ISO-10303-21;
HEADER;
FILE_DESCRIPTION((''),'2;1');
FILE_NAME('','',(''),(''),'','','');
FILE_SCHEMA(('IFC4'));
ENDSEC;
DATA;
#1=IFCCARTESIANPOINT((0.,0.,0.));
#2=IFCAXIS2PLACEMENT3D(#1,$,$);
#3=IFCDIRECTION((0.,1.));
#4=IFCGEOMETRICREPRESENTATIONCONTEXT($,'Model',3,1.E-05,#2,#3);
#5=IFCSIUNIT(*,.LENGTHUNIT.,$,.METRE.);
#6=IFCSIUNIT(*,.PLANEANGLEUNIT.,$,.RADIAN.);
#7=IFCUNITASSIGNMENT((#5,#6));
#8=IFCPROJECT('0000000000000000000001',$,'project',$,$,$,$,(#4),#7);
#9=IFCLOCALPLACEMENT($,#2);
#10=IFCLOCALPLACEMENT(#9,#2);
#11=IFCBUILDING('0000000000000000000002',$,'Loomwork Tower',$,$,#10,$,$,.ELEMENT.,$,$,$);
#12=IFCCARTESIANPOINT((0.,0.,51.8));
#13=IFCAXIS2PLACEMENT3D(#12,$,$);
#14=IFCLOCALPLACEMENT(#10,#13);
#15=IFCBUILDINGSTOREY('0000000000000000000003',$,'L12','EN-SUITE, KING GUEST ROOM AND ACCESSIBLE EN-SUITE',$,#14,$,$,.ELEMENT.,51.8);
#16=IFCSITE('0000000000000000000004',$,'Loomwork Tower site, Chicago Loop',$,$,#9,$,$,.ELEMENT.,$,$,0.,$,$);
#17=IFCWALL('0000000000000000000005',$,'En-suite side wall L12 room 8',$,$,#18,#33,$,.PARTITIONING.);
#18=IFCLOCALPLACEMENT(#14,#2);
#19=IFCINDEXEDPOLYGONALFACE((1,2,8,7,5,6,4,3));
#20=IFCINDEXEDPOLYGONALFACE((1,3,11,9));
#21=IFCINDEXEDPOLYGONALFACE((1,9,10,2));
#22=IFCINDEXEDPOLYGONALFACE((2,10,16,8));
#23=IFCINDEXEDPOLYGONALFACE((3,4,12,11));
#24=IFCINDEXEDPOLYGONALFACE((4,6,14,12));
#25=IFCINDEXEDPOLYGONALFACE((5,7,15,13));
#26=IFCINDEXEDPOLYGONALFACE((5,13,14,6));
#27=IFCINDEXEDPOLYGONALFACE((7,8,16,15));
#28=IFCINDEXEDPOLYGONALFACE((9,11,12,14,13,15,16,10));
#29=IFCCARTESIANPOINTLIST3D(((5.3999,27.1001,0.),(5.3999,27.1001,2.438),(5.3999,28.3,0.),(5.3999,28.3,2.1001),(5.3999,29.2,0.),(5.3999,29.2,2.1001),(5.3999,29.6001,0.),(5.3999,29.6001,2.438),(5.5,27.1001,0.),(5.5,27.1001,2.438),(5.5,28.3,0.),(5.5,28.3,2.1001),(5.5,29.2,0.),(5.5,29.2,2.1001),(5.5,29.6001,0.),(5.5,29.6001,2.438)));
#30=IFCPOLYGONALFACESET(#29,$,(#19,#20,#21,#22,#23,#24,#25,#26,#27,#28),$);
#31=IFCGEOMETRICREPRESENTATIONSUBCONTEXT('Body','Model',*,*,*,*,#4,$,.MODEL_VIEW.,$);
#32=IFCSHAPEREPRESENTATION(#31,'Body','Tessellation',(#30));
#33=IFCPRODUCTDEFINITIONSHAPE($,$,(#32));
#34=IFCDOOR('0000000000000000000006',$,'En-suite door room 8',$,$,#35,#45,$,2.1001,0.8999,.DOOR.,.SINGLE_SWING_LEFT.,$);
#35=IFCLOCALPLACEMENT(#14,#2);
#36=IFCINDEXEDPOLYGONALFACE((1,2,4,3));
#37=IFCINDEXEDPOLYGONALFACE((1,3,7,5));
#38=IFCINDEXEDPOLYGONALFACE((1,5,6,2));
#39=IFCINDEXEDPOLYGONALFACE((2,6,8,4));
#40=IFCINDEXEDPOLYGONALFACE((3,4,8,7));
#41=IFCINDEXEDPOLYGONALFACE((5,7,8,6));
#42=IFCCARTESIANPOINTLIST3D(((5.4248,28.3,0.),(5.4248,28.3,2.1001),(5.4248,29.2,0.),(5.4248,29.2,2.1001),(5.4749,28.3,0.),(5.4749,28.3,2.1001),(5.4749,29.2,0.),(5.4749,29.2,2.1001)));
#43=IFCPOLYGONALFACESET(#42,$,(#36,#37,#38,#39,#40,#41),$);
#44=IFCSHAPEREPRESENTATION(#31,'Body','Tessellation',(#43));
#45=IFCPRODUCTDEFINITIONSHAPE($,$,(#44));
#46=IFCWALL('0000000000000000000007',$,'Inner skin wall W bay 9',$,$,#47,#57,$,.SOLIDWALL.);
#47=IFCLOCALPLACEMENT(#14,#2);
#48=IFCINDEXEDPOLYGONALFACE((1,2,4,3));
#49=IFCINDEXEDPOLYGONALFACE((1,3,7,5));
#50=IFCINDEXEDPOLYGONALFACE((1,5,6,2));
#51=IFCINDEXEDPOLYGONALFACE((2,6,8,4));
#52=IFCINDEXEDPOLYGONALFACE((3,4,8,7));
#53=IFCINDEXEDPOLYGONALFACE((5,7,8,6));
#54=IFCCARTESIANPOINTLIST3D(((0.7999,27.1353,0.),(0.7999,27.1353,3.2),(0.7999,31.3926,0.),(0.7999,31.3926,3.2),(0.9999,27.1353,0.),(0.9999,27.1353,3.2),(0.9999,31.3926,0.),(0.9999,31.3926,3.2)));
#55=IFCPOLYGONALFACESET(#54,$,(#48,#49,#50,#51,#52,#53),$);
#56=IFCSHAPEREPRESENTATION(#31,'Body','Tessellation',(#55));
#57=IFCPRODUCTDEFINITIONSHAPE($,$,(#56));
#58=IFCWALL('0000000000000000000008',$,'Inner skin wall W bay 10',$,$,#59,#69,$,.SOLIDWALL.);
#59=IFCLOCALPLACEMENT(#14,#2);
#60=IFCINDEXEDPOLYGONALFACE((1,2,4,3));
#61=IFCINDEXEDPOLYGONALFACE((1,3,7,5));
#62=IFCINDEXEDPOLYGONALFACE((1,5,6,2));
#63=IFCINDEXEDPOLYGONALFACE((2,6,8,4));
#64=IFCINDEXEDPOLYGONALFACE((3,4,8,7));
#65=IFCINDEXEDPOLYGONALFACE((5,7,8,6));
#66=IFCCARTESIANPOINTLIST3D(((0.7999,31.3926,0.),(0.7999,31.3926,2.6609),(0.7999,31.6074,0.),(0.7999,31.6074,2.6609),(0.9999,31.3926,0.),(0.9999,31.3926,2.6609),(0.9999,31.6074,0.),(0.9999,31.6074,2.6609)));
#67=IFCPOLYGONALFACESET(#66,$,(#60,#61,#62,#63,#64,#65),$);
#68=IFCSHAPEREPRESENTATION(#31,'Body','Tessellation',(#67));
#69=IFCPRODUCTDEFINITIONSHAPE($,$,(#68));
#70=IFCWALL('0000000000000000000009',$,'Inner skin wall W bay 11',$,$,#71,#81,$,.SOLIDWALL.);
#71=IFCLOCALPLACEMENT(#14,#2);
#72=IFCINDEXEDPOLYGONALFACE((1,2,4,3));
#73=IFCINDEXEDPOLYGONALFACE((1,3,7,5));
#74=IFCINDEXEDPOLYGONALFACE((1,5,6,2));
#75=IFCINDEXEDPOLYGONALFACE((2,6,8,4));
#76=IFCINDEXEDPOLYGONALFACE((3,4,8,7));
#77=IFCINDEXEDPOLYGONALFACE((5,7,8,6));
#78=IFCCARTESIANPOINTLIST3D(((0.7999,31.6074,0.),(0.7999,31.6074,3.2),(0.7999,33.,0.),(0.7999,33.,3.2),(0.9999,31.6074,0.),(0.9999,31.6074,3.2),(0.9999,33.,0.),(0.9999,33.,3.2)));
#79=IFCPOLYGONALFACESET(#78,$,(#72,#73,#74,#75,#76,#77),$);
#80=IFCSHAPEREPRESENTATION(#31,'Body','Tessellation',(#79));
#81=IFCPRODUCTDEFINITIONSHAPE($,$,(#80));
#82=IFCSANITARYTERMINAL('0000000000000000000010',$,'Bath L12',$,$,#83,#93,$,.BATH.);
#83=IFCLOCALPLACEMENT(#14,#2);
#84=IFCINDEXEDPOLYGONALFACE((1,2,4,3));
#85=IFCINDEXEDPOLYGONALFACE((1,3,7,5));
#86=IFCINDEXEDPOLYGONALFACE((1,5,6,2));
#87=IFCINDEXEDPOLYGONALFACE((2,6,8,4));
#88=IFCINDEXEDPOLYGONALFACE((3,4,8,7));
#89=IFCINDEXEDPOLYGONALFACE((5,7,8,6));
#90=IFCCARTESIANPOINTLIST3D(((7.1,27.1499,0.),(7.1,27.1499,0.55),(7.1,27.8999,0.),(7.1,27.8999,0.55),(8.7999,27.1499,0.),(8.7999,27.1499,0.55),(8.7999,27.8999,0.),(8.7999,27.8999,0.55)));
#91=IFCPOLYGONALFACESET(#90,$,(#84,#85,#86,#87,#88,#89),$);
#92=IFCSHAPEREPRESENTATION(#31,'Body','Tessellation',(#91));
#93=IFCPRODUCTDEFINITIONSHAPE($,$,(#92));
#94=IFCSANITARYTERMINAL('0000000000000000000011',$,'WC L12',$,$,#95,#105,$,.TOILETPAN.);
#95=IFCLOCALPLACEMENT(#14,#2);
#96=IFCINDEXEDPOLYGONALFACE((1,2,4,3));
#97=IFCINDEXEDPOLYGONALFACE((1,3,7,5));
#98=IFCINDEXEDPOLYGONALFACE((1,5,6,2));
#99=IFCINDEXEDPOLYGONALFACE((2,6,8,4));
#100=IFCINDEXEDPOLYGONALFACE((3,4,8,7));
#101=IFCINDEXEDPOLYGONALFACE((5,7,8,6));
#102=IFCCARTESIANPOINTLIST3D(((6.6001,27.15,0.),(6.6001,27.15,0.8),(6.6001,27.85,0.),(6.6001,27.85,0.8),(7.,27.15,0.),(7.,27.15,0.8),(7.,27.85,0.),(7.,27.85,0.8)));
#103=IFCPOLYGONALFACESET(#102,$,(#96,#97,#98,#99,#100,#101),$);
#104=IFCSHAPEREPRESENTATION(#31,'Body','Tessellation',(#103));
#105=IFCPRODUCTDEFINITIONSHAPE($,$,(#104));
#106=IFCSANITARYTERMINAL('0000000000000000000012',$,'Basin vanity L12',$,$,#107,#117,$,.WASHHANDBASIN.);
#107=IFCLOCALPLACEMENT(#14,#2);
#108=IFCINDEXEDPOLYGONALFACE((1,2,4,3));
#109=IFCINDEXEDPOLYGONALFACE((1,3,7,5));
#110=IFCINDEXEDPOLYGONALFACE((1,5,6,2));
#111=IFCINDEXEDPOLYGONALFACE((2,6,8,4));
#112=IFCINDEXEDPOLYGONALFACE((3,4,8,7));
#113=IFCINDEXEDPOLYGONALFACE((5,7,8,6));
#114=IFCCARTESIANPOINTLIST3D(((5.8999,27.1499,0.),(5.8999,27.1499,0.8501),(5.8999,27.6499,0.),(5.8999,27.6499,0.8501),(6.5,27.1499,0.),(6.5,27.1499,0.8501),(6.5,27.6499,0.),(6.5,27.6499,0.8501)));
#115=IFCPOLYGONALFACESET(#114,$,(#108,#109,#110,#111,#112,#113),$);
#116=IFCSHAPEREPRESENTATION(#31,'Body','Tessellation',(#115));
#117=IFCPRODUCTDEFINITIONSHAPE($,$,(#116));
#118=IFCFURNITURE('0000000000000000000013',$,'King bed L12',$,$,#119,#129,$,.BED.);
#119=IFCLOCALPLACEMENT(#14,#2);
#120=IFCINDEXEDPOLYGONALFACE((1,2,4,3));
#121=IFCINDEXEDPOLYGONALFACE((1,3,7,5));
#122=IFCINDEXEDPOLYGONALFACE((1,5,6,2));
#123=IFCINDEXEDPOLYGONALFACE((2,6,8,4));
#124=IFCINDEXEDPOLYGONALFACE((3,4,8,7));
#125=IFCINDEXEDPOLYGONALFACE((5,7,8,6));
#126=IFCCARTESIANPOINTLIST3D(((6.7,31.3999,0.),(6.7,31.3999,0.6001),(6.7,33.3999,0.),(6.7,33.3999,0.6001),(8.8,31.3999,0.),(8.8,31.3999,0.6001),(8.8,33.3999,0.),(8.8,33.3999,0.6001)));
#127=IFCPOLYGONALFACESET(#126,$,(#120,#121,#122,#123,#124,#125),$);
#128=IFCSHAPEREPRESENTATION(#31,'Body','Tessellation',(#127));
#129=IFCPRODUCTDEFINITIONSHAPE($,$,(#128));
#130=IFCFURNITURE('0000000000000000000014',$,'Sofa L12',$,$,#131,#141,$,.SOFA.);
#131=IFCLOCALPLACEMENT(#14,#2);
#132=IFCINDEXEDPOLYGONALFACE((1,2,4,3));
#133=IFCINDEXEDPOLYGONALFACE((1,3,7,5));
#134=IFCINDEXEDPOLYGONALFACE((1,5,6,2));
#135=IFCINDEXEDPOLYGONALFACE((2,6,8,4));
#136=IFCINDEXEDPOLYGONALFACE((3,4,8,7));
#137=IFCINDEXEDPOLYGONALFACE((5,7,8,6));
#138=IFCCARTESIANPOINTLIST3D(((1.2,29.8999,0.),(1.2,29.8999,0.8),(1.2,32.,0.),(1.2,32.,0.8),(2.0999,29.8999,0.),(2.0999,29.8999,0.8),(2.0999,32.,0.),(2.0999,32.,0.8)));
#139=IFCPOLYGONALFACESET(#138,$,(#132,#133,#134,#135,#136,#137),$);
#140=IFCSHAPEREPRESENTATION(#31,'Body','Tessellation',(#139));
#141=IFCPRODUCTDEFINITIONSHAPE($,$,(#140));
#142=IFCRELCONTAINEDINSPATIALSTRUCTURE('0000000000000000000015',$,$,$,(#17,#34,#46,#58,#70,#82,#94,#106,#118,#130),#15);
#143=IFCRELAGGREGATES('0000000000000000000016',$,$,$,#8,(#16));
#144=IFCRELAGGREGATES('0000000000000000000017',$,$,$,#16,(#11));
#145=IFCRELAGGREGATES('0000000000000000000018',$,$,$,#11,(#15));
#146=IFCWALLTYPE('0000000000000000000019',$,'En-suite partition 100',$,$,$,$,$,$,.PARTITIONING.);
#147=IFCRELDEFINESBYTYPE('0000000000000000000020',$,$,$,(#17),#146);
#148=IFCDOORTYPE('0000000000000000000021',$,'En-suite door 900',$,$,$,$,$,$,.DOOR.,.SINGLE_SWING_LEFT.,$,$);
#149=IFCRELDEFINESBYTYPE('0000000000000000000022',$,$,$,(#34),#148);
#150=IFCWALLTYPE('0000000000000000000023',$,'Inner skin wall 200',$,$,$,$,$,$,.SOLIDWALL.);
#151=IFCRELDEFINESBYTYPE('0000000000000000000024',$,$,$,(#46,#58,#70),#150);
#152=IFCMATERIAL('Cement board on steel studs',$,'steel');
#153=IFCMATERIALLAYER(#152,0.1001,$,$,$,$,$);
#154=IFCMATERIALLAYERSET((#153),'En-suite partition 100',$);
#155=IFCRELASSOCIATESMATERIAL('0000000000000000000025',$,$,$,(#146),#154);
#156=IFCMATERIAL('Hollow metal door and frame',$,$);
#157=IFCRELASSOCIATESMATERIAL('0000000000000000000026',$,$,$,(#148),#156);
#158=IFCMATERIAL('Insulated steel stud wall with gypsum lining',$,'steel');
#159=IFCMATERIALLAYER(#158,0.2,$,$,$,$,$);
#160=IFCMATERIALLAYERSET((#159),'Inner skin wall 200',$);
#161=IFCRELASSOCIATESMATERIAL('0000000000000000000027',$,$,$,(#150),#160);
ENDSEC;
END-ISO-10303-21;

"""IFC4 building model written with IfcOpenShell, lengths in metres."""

from ifc_helpers import new_model, si_unit, direction, frame, frame_2d, origin, origin_2d, place, context, subcontext, project, spatial, rectangle, extrude, material, layer, layer_set, type_object, element, fill, save


model = new_model("IFC4")

# Units and contexts
model_context = context("Model", 3, precision=1e-05, world=origin(), true_north=direction((0.0, 1.0)))
body_context = subcontext(model_context, "Body", "Model", "MODEL_VIEW")
ifc_project = project(units=[si_unit("LENGTHUNIT", "METRE"), si_unit("PLANEANGLEUNIT", "RADIAN")], contexts=[model_context])

# Site, building, storey
site_placement = place(None, origin())
site = spatial("IfcSite", under=ifc_project, at=site_placement, Name="Loomwork Tower site, Chicago Loop", CompositionType="ELEMENT", RefElevation=0.0)
building_placement = place(site_placement, origin())
building = spatial("IfcBuilding", under=site, at=building_placement, Name="Loomwork Tower", CompositionType="ELEMENT")
storey_placement = place(building_placement, frame((0.0, 0.0, 51.8)))
storey = spatial("IfcBuildingStorey", under=building, at=storey_placement, Name="L12", Description="EN-SUITE, KING GUEST ROOM AND ACCESSIBLE EN-SUITE", CompositionType="ELEMENT", Elevation=51.8)

# Shared definitions
ifc_material_1 = material(Name="Cement board on steel studs", Category="steel")
ifc_layer_1 = layer(ifc_material_1, 0.1001)
ifc_layer_set_1 = layer_set([ifc_layer_1], Name="En-suite partition 100")
wall_type_1 = type_object("IfcWallType", Name="En-suite partition 100", PredefinedType="PARTITIONING", material=ifc_layer_set_1)

# Wall, opening, door
wall_1_placement = place(storey_placement, frame((5.45, 27.1001, 0.0), z_axis=(0.0, 0.0, 1.0), x_axis=(0.0, 1.0, 0.0)))
wall_1 = element("IfcWall", 1, at=wall_1_placement, inside=storey, type_object=wall_type_1, Name="En-suite side wall L12 room 8", PredefinedType="PARTITIONING", context=body_context, shape_type="SweptSolid", body=[
    extrude(rectangle(XDim=2.5, YDim=0.1001, at=frame_2d((1.25, 0.0))), origin(), (0.0, 0.0, 1.0), 2.438),
])
opening_1_placement = place(wall_1_placement, frame((1.2, 0.0, 0.0)))
opening_1 = element("IfcOpeningElement", 2, at=opening_1_placement, cuts=wall_1, PredefinedType="OPENING", context=body_context, shape_type="SweptSolid", body=[
    extrude(rectangle(XDim=0.8999, YDim=2.1001, at=frame_2d((0.45, 1.05))), frame((0.0, 0.0601, 0.0), z_axis=(0.0, -1.0, 0.0), x_axis=(1.0, 0.0, 0.0)), (0.0, 0.0, 1.0), 0.1201),
])
ifc_material_2 = material(Name="Hollow metal door and frame")
door_type_1 = type_object("IfcDoorType", Name="En-suite door 900", OperationType="SINGLE_SWING_LEFT", PredefinedType="DOOR", material=ifc_material_2)
door_1_placement = place(opening_1_placement, frame((0.8999, 0.0, 0.0), z_axis=(0.0, 0.0, 1.0), x_axis=(-1.0, 0.0, 0.0)))
door_1 = element("IfcDoor", 3, at=door_1_placement, inside=storey, type_object=door_type_1, Name="En-suite door room 8", OperationType="SINGLE_SWING_LEFT", OverallHeight=2.1001, OverallWidth=0.8999, PredefinedType="DOOR", context=body_context, shape_type="SweptSolid", body=[
    extrude(rectangle(XDim=0.8999, YDim=2.1001, at=frame_2d((0.45, 1.05))), frame((0.0, 0.0249, 0.0), z_axis=(0.0, -1.0, 0.0), x_axis=(1.0, 0.0, 0.0)), (0.0, 0.0, 1.0), 0.05),
])
fill(opening_1, door_1)

# Walls
ifc_material_3 = material(Name="Insulated steel stud wall with gypsum lining", Category="steel")
ifc_layer_2 = layer(ifc_material_3, 0.2)
ifc_layer_set_2 = layer_set([ifc_layer_2], Name="Inner skin wall 200")
wall_type_2 = type_object("IfcWallType", Name="Inner skin wall 200", PredefinedType="SOLIDWALL", material=ifc_layer_set_2)
wall_2_placement = place(storey_placement, frame((0.8999, 27.1353, 0.0), z_axis=(0.0, 0.0, 1.0), x_axis=(0.0, 1.0, 0.0)))
element("IfcWall", 4, at=wall_2_placement, inside=storey, type_object=wall_type_2, Name="Inner skin wall W bay 9", PredefinedType="SOLIDWALL", context=body_context, shape_type="SweptSolid", body=[
    extrude(rectangle(XDim=4.2573, YDim=0.2, at=frame_2d((2.1287, 0.0))), origin(), (0.0, 0.0, 1.0), 3.2),
])
wall_3_placement = place(storey_placement, frame((0.8999, 31.3926, 0.0), z_axis=(0.0, 0.0, 1.0), x_axis=(0.0, 1.0, 0.0)))
element("IfcWall", 5, at=wall_3_placement, inside=storey, type_object=wall_type_2, Name="Inner skin wall W bay 10", PredefinedType="SOLIDWALL", context=body_context, shape_type="SweptSolid", body=[
    extrude(rectangle(XDim=0.2148, YDim=0.2, at=frame_2d((0.1074, 0.0))), origin(), (0.0, 0.0, 1.0), 2.6609),
])
wall_4_placement = place(storey_placement, frame((0.8999, 31.6074, 0.0), z_axis=(0.0, 0.0, 1.0), x_axis=(0.0, 1.0, 0.0)))
element("IfcWall", 6, at=wall_4_placement, inside=storey, type_object=wall_type_2, Name="Inner skin wall W bay 11", PredefinedType="SOLIDWALL", context=body_context, shape_type="SweptSolid", body=[
    extrude(rectangle(XDim=1.3926, YDim=0.2, at=frame_2d((0.6963, 0.0))), origin(), (0.0, 0.0, 1.0), 3.2),
])

# Sanitary terminals
sanitary_terminal_1_placement = place(storey_placement, frame((7.95, 27.5249, 0.0), z_axis=(0.0, 0.0, 1.0), x_axis=(1.0, 0.0, 0.0)))
element("IfcSanitaryTerminal", 7, at=sanitary_terminal_1_placement, inside=storey, Name="Bath L12", PredefinedType="BATH", context=body_context, shape_type="SweptSolid", body=[
    extrude(rectangle(XDim=1.7, YDim=0.75, at=origin_2d()), origin(), (0.0, 0.0, 1.0), 0.55),
])
sanitary_terminal_2_placement = place(storey_placement, frame((6.8, 27.5, 0.0), z_axis=(0.0, 0.0, 1.0), x_axis=(1.0, 0.0, 0.0)))
element("IfcSanitaryTerminal", 8, at=sanitary_terminal_2_placement, inside=storey, Name="WC L12", PredefinedType="TOILETPAN", context=body_context, shape_type="SweptSolid", body=[
    extrude(rectangle(XDim=0.3999, YDim=0.7, at=origin_2d()), origin(), (0.0, 0.0, 1.0), 0.8),
])
sanitary_terminal_3_placement = place(storey_placement, frame((6.2, 27.3999, 0.0), z_axis=(0.0, 0.0, 1.0), x_axis=(1.0, 0.0, 0.0)))
element("IfcSanitaryTerminal", 9, at=sanitary_terminal_3_placement, inside=storey, Name="Basin vanity L12", PredefinedType="WASHHANDBASIN", context=body_context, shape_type="SweptSolid", body=[
    extrude(rectangle(XDim=0.6001, YDim=0.5, at=origin_2d()), origin(), (0.0, 0.0, 1.0), 0.8501),
])

# Furniture
furniture_1_placement = place(storey_placement, frame((7.75, 32.3999, 0.0), z_axis=(0.0, 0.0, 1.0), x_axis=(1.0, 0.0, 0.0)))
element("IfcFurniture", 10, at=furniture_1_placement, inside=storey, Name="King bed L12", PredefinedType="BED", context=body_context, shape_type="SweptSolid", body=[
    extrude(rectangle(XDim=2.1001, YDim=2.0, at=origin_2d()), origin(), (0.0, 0.0, 1.0), 0.6001),
])
furniture_2_placement = place(storey_placement, frame((1.6499, 30.95, 0.0), z_axis=(0.0, 0.0, 1.0), x_axis=(1.0, 0.0, 0.0)))
element("IfcFurniture", 11, at=furniture_2_placement, inside=storey, Name="Sofa L12", PredefinedType="SOFA", context=body_context, shape_type="SweptSolid", body=[
    extrude(rectangle(XDim=0.8999, YDim=2.1001, at=origin_2d()), origin(), (0.0, 0.0, 1.0), 0.8),
])

save(model, "model.ifc")
